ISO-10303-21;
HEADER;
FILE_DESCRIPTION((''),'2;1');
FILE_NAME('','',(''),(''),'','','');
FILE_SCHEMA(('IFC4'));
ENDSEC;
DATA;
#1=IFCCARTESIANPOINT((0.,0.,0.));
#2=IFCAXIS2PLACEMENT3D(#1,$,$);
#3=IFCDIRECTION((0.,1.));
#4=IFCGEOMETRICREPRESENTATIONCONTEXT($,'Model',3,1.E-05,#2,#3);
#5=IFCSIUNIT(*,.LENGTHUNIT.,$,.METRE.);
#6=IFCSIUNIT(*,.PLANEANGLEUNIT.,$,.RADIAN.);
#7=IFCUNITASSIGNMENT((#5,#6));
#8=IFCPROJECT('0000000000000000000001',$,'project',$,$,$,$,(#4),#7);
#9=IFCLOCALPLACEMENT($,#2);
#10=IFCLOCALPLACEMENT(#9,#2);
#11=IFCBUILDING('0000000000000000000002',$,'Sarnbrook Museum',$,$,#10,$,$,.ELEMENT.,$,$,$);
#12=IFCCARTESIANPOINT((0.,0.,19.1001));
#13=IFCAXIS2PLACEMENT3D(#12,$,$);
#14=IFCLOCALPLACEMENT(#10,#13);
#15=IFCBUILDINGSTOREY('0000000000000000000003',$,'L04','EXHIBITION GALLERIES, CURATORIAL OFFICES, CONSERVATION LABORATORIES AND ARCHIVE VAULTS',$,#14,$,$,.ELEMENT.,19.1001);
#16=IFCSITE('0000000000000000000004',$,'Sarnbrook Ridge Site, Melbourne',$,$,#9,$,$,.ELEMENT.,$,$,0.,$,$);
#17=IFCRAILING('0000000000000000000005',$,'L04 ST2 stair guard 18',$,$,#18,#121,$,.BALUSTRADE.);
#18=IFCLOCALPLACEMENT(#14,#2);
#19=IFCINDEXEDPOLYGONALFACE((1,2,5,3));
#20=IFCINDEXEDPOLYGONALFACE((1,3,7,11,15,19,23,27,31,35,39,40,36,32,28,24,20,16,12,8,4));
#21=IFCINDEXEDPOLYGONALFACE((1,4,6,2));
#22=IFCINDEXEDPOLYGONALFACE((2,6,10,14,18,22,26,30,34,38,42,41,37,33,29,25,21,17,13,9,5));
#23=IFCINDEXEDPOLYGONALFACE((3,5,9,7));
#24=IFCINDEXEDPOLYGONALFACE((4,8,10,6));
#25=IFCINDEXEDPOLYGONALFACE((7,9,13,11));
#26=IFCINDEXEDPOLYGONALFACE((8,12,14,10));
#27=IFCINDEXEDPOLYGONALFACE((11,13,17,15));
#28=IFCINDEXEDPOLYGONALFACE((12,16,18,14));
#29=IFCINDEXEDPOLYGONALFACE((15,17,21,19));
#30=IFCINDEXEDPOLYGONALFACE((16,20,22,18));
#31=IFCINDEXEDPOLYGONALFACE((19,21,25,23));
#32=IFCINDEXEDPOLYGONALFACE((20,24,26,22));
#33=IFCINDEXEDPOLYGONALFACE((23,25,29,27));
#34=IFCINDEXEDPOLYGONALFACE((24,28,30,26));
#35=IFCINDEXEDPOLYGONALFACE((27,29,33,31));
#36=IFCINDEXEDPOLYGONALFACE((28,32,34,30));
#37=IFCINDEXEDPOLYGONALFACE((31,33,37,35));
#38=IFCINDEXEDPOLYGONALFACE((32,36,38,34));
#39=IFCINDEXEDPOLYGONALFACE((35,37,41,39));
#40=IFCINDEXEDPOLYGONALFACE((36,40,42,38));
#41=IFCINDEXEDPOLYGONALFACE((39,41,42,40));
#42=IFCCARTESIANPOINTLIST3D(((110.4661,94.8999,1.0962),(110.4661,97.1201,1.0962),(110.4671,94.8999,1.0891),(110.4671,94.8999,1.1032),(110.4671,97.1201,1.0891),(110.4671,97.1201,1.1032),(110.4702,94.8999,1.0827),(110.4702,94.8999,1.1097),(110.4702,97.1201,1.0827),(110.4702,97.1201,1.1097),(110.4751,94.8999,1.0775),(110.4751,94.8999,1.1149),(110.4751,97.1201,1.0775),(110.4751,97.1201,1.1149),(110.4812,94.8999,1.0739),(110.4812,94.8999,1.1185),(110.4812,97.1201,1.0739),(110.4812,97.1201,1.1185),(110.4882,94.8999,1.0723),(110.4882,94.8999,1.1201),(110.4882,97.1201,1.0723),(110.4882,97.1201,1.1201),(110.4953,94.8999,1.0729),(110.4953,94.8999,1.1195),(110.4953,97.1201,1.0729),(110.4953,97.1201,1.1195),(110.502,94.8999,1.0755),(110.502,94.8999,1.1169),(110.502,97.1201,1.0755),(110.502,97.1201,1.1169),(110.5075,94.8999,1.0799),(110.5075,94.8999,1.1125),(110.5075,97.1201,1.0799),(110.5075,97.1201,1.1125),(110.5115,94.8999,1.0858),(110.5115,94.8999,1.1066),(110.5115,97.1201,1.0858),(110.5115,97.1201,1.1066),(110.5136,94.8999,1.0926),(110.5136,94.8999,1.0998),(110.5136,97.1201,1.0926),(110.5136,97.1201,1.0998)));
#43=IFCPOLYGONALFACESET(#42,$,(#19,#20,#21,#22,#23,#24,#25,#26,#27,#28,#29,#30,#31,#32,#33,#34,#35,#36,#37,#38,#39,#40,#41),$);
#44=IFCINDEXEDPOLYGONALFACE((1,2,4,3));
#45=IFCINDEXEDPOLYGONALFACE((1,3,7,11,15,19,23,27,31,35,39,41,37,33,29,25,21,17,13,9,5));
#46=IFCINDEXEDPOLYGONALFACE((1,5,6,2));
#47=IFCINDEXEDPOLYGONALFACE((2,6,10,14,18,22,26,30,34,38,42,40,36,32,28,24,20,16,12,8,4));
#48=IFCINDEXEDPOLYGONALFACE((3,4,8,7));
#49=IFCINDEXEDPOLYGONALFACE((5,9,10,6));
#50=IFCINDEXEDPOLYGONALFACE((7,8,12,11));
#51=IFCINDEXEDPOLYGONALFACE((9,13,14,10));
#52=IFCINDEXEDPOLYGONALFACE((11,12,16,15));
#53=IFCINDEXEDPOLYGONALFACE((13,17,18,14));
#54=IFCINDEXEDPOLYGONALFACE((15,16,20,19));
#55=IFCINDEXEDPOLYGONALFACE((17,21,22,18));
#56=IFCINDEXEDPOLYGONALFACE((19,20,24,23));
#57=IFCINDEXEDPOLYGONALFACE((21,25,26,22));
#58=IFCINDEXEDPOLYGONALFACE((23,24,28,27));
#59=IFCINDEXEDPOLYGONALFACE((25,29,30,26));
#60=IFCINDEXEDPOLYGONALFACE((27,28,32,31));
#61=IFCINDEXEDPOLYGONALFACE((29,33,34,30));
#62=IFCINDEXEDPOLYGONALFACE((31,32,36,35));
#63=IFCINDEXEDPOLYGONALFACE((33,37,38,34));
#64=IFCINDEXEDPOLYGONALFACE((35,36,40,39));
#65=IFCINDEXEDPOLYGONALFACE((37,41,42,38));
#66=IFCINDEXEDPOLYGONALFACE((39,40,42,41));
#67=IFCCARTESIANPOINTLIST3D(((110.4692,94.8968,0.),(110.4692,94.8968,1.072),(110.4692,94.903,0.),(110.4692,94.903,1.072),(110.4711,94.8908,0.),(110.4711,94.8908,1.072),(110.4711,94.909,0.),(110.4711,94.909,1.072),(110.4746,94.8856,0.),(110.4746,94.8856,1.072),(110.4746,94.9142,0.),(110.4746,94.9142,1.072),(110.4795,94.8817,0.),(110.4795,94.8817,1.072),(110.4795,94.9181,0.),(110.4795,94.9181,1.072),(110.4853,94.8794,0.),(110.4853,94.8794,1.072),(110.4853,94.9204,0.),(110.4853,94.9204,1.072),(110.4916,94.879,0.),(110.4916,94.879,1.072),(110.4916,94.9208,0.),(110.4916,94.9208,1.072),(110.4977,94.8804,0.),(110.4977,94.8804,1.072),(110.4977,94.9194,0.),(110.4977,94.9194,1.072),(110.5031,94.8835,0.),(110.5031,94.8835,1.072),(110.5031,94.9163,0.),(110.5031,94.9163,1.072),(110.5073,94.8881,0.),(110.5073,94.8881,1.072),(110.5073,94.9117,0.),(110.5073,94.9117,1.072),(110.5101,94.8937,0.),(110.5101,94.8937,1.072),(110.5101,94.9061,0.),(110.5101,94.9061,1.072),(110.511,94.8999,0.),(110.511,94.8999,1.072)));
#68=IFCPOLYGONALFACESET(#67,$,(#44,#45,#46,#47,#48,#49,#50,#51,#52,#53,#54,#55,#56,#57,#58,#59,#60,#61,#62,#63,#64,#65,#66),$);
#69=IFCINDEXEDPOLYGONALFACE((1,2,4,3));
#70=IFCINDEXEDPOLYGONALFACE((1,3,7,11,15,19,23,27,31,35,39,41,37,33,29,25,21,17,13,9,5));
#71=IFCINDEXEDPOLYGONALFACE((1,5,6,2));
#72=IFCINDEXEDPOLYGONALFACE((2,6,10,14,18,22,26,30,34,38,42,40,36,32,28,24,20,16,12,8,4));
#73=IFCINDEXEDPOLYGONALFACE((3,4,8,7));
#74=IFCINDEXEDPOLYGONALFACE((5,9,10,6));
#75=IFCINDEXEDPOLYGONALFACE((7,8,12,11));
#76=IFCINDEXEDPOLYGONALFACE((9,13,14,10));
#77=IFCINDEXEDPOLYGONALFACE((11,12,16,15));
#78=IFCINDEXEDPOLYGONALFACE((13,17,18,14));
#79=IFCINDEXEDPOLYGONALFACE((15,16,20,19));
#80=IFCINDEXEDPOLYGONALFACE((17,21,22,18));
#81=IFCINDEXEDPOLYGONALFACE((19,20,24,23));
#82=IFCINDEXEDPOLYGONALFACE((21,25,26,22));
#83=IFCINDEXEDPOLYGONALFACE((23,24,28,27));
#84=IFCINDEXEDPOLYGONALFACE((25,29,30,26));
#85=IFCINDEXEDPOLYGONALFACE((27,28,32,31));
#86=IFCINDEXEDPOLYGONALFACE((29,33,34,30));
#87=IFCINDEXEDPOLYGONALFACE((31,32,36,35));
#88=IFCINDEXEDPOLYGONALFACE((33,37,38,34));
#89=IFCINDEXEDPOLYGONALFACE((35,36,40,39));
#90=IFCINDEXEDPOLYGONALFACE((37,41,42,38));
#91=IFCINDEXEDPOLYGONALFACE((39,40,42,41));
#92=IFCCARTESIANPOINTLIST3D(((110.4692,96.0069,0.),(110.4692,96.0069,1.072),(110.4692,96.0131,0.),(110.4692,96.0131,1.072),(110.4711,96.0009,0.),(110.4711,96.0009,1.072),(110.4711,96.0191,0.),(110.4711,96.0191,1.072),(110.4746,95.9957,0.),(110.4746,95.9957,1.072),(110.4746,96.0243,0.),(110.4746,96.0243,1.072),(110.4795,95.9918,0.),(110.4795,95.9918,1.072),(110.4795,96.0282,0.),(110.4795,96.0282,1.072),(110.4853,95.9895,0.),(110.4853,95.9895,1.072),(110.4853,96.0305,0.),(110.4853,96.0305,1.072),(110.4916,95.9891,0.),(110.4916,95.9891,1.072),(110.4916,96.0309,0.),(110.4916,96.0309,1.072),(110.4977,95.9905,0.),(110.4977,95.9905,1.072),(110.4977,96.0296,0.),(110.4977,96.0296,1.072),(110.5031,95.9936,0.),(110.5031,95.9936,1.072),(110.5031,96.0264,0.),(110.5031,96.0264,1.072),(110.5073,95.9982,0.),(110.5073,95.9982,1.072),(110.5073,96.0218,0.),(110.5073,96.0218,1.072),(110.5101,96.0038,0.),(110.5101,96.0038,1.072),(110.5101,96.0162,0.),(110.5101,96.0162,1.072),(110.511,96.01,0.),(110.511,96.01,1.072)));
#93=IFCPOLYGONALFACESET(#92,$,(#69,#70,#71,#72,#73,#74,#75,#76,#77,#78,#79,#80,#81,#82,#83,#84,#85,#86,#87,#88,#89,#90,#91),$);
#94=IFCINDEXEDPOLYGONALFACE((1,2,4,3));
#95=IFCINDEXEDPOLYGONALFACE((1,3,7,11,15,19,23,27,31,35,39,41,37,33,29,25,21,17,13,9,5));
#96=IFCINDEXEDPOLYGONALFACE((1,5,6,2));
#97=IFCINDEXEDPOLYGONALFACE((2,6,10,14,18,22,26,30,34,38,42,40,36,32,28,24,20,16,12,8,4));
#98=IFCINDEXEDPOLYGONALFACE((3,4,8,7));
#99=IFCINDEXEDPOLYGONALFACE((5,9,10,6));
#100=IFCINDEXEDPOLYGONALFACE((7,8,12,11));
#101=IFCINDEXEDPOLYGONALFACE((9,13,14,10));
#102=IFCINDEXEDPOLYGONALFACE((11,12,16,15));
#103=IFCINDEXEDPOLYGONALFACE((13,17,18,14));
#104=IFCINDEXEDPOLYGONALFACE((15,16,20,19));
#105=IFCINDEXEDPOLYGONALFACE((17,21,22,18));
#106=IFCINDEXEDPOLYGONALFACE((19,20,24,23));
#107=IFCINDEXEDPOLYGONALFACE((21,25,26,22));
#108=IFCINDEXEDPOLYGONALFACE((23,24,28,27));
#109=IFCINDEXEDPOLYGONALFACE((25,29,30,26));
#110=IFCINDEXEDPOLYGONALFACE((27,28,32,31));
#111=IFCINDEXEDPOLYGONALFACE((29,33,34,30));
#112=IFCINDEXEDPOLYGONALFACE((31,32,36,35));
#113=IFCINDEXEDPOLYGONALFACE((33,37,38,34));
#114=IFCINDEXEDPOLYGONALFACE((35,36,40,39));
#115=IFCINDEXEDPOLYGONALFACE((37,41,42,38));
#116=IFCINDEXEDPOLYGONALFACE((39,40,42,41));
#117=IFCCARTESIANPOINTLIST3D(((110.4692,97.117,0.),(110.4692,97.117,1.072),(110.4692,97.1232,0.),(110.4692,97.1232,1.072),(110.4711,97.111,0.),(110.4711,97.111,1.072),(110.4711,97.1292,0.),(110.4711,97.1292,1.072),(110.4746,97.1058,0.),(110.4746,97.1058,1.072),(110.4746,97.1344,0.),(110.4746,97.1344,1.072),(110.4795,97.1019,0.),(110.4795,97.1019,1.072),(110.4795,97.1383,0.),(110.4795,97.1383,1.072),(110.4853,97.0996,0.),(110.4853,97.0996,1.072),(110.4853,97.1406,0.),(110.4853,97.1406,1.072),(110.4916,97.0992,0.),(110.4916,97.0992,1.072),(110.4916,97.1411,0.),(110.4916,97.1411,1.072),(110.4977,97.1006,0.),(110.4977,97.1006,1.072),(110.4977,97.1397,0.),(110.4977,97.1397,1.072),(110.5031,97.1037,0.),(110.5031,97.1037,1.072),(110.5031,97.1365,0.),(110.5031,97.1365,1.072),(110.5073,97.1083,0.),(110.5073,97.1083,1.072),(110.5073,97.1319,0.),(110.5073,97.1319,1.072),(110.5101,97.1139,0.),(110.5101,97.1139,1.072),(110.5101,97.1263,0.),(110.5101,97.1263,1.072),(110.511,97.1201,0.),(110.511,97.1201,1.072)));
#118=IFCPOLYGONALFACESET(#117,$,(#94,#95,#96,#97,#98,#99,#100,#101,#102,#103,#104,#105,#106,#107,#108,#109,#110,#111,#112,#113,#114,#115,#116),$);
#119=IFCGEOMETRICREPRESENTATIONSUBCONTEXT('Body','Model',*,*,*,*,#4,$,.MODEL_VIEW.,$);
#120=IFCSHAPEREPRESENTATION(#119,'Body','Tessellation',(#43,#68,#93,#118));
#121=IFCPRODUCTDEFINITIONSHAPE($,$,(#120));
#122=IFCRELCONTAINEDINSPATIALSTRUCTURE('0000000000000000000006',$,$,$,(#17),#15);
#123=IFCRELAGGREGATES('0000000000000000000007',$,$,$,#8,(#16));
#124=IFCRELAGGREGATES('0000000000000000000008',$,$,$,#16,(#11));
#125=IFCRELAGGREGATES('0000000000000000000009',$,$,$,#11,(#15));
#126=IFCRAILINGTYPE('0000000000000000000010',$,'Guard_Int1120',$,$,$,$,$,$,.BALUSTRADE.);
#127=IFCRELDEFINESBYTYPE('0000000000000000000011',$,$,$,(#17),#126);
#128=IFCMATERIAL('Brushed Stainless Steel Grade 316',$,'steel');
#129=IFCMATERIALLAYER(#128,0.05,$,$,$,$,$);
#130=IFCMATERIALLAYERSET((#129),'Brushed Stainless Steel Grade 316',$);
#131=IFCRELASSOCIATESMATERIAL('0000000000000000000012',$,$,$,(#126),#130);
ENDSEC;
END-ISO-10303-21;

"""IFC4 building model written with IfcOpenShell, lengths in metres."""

from ifc_helpers import new_model, si_unit, direction, frame, origin, origin_2d, place, context, subcontext, project, spatial, circle, extrude, material, layer, layer_set, type_object, element, save


model = new_model("IFC4")

# Units and contexts
model_context = context("Model", 3, precision=1e-05, world=origin(), true_north=direction((0.0, 1.0)))
body_context = subcontext(model_context, "Body", "Model", "MODEL_VIEW")
ifc_project = project(units=[si_unit("LENGTHUNIT", "METRE"), si_unit("PLANEANGLEUNIT", "RADIAN")], contexts=[model_context])

# Site, building, storey
site_placement = place(None, origin())
site = spatial("IfcSite", under=ifc_project, at=site_placement, Name="Sarnbrook Ridge Site, Melbourne", CompositionType="ELEMENT", RefElevation=0.0)
building_placement = place(site_placement, origin())
building = spatial("IfcBuilding", under=site, at=building_placement, Name="Sarnbrook Museum", CompositionType="ELEMENT")
storey_placement = place(building_placement, frame((0.0, 0.0, 19.1001)))
storey = spatial("IfcBuildingStorey", under=building, at=storey_placement, Name="L04", Description="EXHIBITION GALLERIES, CURATORIAL OFFICES, CONSERVATION LABORATORIES AND ARCHIVE VAULTS", CompositionType="ELEMENT", Elevation=19.1001)

# Railing
ifc_material_1 = material(Name="Brushed Stainless Steel Grade 316", Category="steel")
ifc_layer_1 = layer(ifc_material_1, 0.05)
ifc_layer_set_1 = layer_set([ifc_layer_1], Name="Brushed Stainless Steel Grade 316")
railing_type_1 = type_object("IfcRailingType", Name="Guard_Int1120", PredefinedType="BALUSTRADE", material=ifc_layer_set_1)
railing_1_placement = place(storey_placement, frame((110.49, 94.8999, 0.0)))
element("IfcRailing", 1, at=railing_1_placement, inside=storey, type_object=railing_type_1, Name="L04 ST2 stair guard 18", PredefinedType="BALUSTRADE", context=body_context, shape_type="SweptSolid", body=[
    extrude(circle(Radius=0.0239, at=origin_2d()), frame((0.0, 0.0, 1.0962), z_axis=(0.0, 1.0, 0.0), x_axis=(-1.0, 0.0, 0.0)), (0.0, 0.0, 1.0), 2.2202),
    extrude(circle(Radius=0.021, at=origin_2d()), origin(), (0.0, 0.0, 1.0), 1.072),
    extrude(circle(Radius=0.021, at=origin_2d()), frame((0.0, 1.1101, 0.0)), (0.0, 0.0, 1.0), 1.072),
    extrude(circle(Radius=0.021, at=origin_2d()), frame((0.0, 2.2202, 0.0)), (0.0, 0.0, 1.0), 1.072),
])

save(model, "model.ifc")
